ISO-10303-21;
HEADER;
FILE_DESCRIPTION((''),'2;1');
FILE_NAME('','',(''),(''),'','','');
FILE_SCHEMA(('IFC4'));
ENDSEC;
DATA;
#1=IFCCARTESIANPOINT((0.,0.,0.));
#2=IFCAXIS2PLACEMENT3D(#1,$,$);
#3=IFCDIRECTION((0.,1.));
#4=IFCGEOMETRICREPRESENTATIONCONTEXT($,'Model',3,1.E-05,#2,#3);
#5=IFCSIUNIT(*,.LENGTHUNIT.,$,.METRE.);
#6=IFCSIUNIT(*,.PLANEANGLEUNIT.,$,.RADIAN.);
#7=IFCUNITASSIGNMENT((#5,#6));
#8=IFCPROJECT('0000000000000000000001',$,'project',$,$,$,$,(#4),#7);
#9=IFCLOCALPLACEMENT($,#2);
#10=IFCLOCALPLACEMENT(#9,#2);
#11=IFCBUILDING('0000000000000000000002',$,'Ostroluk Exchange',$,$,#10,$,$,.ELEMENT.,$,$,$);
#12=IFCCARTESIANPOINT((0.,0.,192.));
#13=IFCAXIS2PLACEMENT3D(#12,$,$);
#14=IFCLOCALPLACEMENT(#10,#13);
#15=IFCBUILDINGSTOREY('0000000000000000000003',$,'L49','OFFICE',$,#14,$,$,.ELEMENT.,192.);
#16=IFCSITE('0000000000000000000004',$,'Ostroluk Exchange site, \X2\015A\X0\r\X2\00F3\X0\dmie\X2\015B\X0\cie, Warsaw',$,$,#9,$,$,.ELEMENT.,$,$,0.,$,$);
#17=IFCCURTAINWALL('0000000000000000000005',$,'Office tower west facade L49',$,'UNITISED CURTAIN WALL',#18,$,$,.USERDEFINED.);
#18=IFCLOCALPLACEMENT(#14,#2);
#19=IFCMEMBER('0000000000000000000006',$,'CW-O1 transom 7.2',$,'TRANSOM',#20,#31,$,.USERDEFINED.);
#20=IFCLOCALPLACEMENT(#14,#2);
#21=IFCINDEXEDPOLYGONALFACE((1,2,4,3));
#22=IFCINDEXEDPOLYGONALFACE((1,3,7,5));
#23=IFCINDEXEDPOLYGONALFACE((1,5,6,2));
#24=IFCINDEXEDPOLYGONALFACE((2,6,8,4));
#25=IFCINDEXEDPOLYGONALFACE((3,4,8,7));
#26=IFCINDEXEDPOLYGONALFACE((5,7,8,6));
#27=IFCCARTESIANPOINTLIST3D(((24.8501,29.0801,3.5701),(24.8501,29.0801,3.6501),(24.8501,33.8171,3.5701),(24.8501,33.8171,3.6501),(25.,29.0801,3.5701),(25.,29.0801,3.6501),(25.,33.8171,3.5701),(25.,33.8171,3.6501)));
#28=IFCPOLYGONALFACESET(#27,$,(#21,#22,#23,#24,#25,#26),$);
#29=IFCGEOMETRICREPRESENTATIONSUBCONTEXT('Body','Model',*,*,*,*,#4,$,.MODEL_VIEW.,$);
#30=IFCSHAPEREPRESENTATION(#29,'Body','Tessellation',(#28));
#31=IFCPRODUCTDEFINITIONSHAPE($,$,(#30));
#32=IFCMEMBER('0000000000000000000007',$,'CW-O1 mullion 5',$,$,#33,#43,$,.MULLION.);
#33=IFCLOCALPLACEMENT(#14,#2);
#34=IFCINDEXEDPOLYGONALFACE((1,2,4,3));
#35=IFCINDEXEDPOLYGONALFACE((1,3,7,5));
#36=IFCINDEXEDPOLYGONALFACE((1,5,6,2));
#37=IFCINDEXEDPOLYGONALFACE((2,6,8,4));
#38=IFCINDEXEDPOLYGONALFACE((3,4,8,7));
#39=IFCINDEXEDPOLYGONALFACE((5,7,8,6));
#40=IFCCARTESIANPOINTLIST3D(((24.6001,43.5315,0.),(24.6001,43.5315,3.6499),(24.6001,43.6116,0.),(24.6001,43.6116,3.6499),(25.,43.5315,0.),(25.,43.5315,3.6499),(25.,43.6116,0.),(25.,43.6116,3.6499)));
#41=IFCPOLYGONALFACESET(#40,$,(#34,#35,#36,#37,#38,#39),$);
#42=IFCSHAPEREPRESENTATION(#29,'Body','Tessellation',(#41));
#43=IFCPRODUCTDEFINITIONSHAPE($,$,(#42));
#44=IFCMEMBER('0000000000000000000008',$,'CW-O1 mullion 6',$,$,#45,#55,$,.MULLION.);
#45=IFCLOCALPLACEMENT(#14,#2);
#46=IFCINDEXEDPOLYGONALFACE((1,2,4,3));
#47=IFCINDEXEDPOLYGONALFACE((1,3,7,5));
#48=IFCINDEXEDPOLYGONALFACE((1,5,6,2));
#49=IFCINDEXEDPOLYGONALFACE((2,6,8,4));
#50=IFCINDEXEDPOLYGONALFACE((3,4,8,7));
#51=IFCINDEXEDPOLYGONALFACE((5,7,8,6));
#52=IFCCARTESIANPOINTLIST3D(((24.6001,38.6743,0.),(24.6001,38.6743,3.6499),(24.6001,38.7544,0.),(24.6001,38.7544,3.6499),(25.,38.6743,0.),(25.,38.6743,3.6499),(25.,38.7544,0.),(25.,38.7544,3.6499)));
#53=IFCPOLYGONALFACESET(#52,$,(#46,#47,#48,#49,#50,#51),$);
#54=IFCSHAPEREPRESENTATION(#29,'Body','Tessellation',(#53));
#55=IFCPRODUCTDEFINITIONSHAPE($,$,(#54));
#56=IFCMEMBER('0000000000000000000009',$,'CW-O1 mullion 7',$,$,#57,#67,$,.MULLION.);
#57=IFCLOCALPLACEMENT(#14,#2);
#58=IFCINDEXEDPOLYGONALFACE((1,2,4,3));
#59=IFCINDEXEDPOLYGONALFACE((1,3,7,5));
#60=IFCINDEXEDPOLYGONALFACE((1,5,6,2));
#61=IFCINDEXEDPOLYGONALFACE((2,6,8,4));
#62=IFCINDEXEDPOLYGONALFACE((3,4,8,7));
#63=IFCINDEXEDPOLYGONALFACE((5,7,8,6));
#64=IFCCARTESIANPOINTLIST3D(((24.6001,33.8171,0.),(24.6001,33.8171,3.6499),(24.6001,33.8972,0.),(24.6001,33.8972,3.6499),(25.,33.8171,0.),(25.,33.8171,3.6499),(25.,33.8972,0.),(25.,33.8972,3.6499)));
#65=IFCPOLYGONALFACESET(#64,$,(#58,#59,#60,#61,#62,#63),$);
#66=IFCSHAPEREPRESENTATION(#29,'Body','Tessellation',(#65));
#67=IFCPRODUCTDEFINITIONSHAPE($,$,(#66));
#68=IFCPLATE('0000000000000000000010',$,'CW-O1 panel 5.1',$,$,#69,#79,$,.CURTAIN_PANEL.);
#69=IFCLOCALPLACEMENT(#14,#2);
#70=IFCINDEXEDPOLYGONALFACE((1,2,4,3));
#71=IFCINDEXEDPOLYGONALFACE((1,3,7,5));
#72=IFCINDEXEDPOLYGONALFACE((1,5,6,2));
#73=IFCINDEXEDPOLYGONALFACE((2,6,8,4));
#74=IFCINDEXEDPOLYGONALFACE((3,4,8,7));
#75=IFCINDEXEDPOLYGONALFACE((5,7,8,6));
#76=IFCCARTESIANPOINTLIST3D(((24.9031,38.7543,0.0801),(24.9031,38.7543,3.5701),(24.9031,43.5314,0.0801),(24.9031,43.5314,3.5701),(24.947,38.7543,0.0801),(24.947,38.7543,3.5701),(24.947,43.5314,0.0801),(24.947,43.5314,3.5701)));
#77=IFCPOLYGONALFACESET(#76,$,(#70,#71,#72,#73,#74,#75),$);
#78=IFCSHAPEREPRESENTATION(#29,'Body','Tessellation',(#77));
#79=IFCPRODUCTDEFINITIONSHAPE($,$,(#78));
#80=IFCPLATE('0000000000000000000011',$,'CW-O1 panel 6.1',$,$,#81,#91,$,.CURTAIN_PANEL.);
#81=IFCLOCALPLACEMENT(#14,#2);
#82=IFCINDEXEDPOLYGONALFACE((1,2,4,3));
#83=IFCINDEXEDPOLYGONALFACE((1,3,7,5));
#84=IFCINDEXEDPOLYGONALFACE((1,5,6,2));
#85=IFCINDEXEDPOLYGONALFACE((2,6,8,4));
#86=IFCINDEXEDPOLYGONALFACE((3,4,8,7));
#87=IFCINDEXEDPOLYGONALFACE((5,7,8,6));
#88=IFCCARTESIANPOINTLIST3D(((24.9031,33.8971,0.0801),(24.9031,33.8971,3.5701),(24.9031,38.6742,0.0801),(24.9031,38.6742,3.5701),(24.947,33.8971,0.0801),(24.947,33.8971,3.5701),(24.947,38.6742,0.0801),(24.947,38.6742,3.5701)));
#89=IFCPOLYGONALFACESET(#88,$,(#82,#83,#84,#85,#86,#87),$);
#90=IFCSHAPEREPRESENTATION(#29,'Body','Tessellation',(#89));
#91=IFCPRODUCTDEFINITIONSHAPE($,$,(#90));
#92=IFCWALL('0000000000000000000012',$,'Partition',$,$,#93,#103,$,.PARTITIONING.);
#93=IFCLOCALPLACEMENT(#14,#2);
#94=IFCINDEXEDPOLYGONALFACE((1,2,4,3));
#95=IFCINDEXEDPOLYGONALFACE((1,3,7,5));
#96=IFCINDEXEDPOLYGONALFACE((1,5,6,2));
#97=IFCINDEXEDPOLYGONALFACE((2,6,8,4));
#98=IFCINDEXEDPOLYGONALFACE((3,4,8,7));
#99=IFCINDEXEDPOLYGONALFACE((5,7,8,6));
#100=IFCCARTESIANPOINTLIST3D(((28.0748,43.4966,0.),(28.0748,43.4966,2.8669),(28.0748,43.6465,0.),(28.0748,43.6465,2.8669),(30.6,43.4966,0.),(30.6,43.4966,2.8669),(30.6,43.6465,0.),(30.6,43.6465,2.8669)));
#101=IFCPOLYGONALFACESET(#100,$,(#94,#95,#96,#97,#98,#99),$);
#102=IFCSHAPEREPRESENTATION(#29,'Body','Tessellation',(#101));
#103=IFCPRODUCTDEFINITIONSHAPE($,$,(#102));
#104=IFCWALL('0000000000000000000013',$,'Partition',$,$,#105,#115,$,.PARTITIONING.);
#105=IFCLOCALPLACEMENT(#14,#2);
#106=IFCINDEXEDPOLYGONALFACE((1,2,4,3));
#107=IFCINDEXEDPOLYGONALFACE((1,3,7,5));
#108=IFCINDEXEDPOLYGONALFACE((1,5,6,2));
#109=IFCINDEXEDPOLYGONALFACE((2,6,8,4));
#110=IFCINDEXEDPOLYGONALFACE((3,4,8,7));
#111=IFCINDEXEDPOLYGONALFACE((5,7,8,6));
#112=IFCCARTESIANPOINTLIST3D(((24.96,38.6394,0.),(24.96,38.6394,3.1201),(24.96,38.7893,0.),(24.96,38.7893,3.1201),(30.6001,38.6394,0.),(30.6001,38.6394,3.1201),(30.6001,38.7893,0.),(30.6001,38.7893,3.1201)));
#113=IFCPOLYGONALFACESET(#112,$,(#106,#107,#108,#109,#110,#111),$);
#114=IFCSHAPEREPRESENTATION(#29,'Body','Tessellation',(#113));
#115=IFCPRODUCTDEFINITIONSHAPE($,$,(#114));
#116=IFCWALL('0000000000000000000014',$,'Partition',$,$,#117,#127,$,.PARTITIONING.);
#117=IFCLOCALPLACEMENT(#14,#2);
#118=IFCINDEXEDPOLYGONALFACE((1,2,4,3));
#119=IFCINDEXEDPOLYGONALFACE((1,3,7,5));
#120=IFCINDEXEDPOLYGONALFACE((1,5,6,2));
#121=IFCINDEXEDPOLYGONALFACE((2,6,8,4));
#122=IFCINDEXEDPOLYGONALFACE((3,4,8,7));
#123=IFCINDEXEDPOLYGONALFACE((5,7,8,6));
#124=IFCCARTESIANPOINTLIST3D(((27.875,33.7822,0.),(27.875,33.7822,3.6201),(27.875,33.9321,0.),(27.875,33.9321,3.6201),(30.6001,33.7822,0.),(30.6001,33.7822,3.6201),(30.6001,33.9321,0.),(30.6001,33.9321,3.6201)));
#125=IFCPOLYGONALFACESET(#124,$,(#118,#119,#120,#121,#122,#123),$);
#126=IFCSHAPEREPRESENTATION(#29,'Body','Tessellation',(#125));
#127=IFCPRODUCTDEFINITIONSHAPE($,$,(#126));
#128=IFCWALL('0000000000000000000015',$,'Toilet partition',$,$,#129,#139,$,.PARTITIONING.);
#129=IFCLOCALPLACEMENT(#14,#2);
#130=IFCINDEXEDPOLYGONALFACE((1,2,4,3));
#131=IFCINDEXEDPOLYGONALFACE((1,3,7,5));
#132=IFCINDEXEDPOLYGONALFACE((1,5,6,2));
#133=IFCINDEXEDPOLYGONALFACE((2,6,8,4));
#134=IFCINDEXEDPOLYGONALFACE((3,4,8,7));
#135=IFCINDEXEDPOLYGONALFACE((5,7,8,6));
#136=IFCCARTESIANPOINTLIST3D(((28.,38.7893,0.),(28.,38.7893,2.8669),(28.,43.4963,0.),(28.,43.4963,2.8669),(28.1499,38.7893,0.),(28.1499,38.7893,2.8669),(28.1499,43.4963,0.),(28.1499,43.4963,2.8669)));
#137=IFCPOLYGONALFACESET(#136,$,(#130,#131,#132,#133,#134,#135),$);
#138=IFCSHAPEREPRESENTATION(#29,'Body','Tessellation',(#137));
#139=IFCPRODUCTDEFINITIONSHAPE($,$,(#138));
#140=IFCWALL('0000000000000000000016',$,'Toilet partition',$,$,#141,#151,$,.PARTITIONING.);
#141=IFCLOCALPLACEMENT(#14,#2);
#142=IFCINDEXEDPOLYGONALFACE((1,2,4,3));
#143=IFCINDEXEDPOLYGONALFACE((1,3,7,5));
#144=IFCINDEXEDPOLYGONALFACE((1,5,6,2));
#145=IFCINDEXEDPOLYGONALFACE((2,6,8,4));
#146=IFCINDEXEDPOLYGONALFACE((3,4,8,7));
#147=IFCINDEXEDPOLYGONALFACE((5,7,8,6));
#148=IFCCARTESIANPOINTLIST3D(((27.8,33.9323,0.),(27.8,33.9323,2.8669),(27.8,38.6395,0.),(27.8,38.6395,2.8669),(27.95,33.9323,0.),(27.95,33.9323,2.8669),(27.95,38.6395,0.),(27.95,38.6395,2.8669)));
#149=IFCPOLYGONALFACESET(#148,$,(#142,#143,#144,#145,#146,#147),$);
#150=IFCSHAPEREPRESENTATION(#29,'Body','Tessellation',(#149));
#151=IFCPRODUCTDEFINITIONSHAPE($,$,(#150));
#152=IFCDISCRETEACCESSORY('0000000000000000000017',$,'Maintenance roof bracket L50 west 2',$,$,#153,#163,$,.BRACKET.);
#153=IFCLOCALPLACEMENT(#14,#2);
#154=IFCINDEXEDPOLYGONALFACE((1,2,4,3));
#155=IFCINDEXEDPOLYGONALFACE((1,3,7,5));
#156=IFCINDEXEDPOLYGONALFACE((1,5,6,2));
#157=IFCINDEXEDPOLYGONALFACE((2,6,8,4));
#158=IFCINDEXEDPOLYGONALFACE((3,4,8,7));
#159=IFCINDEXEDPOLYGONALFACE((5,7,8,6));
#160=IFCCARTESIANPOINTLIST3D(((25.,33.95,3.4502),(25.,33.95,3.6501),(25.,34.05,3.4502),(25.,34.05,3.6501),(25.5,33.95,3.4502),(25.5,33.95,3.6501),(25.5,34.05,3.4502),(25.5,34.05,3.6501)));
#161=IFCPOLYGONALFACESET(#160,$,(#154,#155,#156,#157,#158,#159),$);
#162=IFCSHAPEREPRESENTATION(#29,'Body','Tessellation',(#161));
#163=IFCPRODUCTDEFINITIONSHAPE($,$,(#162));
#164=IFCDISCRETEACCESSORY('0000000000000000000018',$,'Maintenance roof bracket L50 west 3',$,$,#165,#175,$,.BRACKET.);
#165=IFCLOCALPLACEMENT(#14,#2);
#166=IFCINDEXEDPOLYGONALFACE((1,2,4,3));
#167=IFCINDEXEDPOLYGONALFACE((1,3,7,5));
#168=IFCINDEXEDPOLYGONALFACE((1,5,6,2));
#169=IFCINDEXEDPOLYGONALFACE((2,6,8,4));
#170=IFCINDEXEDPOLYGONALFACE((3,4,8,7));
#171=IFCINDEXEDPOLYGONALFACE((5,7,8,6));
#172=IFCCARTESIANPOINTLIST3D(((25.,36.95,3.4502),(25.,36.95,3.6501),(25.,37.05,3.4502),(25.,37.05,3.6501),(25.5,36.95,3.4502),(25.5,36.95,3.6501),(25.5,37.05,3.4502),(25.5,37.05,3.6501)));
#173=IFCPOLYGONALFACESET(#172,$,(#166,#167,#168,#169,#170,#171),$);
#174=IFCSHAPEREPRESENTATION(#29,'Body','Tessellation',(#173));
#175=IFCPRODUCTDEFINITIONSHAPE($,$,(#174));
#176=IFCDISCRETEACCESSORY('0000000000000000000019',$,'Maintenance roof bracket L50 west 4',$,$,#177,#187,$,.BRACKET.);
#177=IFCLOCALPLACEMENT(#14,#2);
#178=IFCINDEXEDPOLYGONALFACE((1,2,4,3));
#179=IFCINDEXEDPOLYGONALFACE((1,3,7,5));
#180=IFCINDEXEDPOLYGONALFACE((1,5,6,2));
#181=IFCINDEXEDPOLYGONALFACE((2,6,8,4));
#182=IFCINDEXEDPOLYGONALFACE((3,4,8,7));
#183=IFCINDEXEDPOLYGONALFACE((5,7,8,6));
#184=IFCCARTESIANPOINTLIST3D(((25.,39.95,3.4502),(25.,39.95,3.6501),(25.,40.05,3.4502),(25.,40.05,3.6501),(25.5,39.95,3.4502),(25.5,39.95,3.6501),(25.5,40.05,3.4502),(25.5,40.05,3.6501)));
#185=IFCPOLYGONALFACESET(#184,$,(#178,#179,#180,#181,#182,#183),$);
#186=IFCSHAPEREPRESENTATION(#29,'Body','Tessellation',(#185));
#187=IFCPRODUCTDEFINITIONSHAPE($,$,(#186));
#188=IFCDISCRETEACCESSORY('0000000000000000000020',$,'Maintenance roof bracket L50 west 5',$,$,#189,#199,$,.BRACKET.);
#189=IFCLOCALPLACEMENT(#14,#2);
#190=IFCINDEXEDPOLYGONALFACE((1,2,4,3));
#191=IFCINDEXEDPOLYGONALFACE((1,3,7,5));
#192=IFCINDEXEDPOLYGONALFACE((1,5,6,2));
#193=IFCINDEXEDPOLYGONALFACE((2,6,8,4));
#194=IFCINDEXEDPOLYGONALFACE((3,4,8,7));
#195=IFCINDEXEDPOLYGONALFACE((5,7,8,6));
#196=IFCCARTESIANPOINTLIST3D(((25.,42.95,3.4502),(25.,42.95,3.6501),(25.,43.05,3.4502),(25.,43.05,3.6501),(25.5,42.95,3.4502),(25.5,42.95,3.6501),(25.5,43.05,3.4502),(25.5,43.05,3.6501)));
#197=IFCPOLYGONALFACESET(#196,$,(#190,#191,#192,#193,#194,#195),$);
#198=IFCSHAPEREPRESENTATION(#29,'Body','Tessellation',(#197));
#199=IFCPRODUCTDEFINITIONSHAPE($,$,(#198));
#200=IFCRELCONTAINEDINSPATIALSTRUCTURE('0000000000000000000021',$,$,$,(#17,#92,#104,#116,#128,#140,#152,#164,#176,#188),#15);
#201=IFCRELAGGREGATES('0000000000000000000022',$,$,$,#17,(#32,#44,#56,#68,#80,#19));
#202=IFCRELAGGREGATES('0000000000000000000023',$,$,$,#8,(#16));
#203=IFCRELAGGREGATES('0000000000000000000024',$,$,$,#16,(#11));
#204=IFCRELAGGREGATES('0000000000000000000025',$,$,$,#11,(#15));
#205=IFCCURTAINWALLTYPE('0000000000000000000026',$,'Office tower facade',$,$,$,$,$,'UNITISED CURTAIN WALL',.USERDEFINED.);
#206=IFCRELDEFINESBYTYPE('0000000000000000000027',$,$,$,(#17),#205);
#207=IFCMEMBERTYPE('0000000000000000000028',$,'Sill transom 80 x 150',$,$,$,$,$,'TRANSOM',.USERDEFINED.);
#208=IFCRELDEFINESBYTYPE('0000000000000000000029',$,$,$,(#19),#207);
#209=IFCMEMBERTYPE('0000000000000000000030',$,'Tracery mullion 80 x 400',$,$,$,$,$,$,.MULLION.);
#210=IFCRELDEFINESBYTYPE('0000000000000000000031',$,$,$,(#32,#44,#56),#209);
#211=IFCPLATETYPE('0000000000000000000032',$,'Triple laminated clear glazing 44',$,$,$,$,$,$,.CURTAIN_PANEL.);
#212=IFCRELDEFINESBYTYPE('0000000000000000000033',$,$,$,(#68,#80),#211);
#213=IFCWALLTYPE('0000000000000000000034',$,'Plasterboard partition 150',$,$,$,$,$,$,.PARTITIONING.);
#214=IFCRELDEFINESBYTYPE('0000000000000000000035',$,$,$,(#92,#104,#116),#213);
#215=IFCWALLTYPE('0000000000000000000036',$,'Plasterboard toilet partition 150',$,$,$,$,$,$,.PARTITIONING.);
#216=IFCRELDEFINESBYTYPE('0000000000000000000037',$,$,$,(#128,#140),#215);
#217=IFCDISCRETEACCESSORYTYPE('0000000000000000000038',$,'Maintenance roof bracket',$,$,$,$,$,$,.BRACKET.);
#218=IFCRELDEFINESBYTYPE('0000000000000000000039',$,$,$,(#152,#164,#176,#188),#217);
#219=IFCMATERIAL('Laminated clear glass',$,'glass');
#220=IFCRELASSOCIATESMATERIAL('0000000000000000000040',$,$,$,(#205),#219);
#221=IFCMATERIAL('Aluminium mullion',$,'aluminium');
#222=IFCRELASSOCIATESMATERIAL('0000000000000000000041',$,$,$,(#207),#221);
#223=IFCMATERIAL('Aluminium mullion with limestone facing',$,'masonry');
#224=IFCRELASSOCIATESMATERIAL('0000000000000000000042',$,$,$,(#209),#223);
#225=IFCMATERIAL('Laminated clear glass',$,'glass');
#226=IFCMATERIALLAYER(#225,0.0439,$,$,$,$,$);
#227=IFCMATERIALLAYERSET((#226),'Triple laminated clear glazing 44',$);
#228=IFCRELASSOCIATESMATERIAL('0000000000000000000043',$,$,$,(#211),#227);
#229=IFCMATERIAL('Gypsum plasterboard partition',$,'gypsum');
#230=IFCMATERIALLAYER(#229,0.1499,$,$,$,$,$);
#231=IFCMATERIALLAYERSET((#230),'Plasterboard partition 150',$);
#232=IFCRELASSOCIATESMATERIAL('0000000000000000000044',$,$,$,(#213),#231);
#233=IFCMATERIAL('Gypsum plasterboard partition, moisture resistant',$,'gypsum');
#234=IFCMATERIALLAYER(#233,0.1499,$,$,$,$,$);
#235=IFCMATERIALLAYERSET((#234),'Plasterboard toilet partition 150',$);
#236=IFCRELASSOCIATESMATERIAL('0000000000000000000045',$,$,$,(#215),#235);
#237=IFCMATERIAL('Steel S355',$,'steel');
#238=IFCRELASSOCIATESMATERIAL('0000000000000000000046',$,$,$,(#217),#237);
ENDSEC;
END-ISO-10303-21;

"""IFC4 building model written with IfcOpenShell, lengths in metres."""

from ifc_helpers import new_model, si_unit, direction, frame, frame_2d, origin, origin_2d, place, context, subcontext, project, spatial, rectangle, extrude, material, layer, layer_set, material_profile, profile_set, type_object, element, aggregate, save


model = new_model("IFC4")

# Units and contexts
model_context = context("Model", 3, precision=1e-05, world=origin(), true_north=direction((0.0, 1.0)))
body_context = subcontext(model_context, "Body", "Model", "MODEL_VIEW")
ifc_project = project(units=[si_unit("LENGTHUNIT", "METRE"), si_unit("PLANEANGLEUNIT", "RADIAN")], contexts=[model_context])

# Site, building, storey
site_placement = place(None, origin())
site = spatial("IfcSite", under=ifc_project, at=site_placement, Name="Ostroluk Exchange site, Śródmieście, Warsaw", CompositionType="ELEMENT", RefElevation=0.0)
building_placement = place(site_placement, origin())
building = spatial("IfcBuilding", under=site, at=building_placement, Name="Ostroluk Exchange", CompositionType="ELEMENT")
storey_placement = place(building_placement, frame((0.0, 0.0, 192.0)))
storey = spatial("IfcBuildingStorey", under=building, at=storey_placement, Name="L49", Description="OFFICE", CompositionType="ELEMENT", Elevation=192.0)

# Curtain wall, members, plates
ifc_material_1 = material(Name="Laminated clear glass", Category="glass")
curtain_wall_type = type_object("IfcCurtainWallType", Name="Office tower facade", ElementType="UNITISED CURTAIN WALL", PredefinedType="USERDEFINED", material=ifc_material_1)
curtain_wall_placement = place(storey_placement, origin())
curtain_wall = element("IfcCurtainWall", 1, at=curtain_wall_placement, inside=storey, type_object=curtain_wall_type, Name="Office tower west facade L49", ObjectType="UNITISED CURTAIN WALL", PredefinedType="USERDEFINED")
ifc_material_2 = material(Name="Aluminium mullion", Category="aluminium")
ifc_material_profile_1 = material_profile(ifc_material_2, rectangle(XDim=0.1499, YDim=0.0801, at=origin_2d()), Name="Sill transom 80 x 150")
ifc_profile_set_1 = profile_set([ifc_material_profile_1], Name="Aluminium mullion")
member_type_1 = type_object("IfcMemberType", Name="Sill transom 80 x 150", ElementType="TRANSOM", PredefinedType="USERDEFINED", material=ifc_profile_set_1)
member_1_placement = place(storey_placement, frame((24.925, 33.8171, 3.6101), z_axis=(0.0, -1.0, 0.0), x_axis=(1.0, 0.0, 0.0)))
member_1 = element("IfcMember", 2, at=member_1_placement, type_object=member_type_1, Name="CW-O1 transom 7.2", ObjectType="TRANSOM", PredefinedType="USERDEFINED", context=body_context, shape_type="SweptSolid", body=[
    extrude(rectangle(XDim=0.1499, YDim=0.0801, at=origin_2d()), origin(), (0.0, 0.0, 1.0), 4.7371),
])
ifc_material_3 = material(Name="Aluminium mullion with limestone facing", Category="masonry")
ifc_material_profile_2 = material_profile(ifc_material_3, rectangle(XDim=0.3999, YDim=0.0801, at=origin_2d()), Name="Tracery mullion 80 x 400")
ifc_profile_set_2 = profile_set([ifc_material_profile_2], Name="Aluminium mullion with limestone facing")
member_type_2 = type_object("IfcMemberType", Name="Tracery mullion 80 x 400", PredefinedType="MULLION", material=ifc_profile_set_2)
member_2_placement = place(storey_placement, frame((24.8, 43.5715, 0.0), z_axis=(0.0, 0.0, 1.0), x_axis=(1.0, 0.0, 0.0)))
member_2 = element("IfcMember", 3, at=member_2_placement, type_object=member_type_2, Name="CW-O1 mullion 5", PredefinedType="MULLION", context=body_context, shape_type="SweptSolid", body=[
    extrude(rectangle(XDim=0.3999, YDim=0.0801, at=origin_2d()), origin(), (0.0, 0.0, 1.0), 3.6499),
])
member_3_placement = place(storey_placement, frame((24.8, 38.7144, 0.0), z_axis=(0.0, 0.0, 1.0), x_axis=(1.0, 0.0, 0.0)))
member_3 = element("IfcMember", 4, at=member_3_placement, type_object=member_type_2, Name="CW-O1 mullion 6", PredefinedType="MULLION", context=body_context, shape_type="SweptSolid", body=[
    extrude(rectangle(XDim=0.3999, YDim=0.0801, at=origin_2d()), origin(), (0.0, 0.0, 1.0), 3.6499),
])
member_4_placement = place(storey_placement, frame((24.8, 33.8572, 0.0), z_axis=(0.0, 0.0, 1.0), x_axis=(1.0, 0.0, 0.0)))
member_4 = element("IfcMember", 5, at=member_4_placement, type_object=member_type_2, Name="CW-O1 mullion 7", PredefinedType="MULLION", context=body_context, shape_type="SweptSolid", body=[
    extrude(rectangle(XDim=0.3999, YDim=0.0801, at=origin_2d()), origin(), (0.0, 0.0, 1.0), 3.6499),
])
ifc_material_4 = material(Name="Laminated clear glass", Category="glass")
ifc_layer_1 = layer(ifc_material_4, 0.0439)
ifc_layer_set_1 = layer_set([ifc_layer_1], Name="Triple laminated clear glazing 44")
plate_type = type_object("IfcPlateType", Name="Triple laminated clear glazing 44", PredefinedType="CURTAIN_PANEL", material=ifc_layer_set_1)
plate_1_placement = place(storey_placement, frame((24.925, 41.1428, 0.0801), z_axis=(0.0, 0.0, 1.0), x_axis=(0.0, -1.0, 0.0)))
plate_1 = element("IfcPlate", 6, at=plate_1_placement, type_object=plate_type, Name="CW-O1 panel 5.1", PredefinedType="CURTAIN_PANEL", context=body_context, shape_type="SweptSolid", body=[
    extrude(rectangle(XDim=4.7771, YDim=0.0439, at=origin_2d()), origin(), (0.0, 0.0, 1.0), 3.49),
])
plate_2_placement = place(storey_placement, frame((24.925, 36.2856, 0.0801), z_axis=(0.0, 0.0, 1.0), x_axis=(0.0, -1.0, 0.0)))
plate_2 = element("IfcPlate", 7, at=plate_2_placement, type_object=plate_type, Name="CW-O1 panel 6.1", PredefinedType="CURTAIN_PANEL", context=body_context, shape_type="SweptSolid", body=[
    extrude(rectangle(XDim=4.7771, YDim=0.0439, at=origin_2d()), origin(), (0.0, 0.0, 1.0), 3.49),
])
aggregate(curtain_wall, [member_2, member_3, member_4, plate_1, plate_2, member_1])

# Walls
ifc_material_5 = material(Name="Gypsum plasterboard partition", Category="gypsum")
ifc_layer_2 = layer(ifc_material_5, 0.1499)
ifc_layer_set_2 = layer_set([ifc_layer_2], Name="Plasterboard partition 150")
wall_type_1 = type_object("IfcWallType", Name="Plasterboard partition 150", PredefinedType="PARTITIONING", material=ifc_layer_set_2)
wall_1_placement = place(storey_placement, frame((30.6001, 43.5715, 0.0), z_axis=(0.0, 0.0, 1.0), x_axis=(-1.0, 0.0, 0.0)))
element("IfcWall", 8, at=wall_1_placement, inside=storey, type_object=wall_type_1, Name="Partition", PredefinedType="PARTITIONING", context=body_context, shape_type="SweptSolid", body=[
    extrude(rectangle(XDim=2.5251, YDim=0.1499, at=frame_2d((1.2627, 0.0))), origin(), (0.0, 0.0, 1.0), 2.8669),
])
wall_2_placement = place(storey_placement, frame((30.6001, 38.7144, 0.0), z_axis=(0.0, 0.0, 1.0), x_axis=(-1.0, 0.0, 0.0)))
element("IfcWall", 9, at=wall_2_placement, inside=storey, type_object=wall_type_1, Name="Partition", PredefinedType="PARTITIONING", context=body_context, shape_type="SweptSolid", body=[
    extrude(rectangle(XDim=5.6401, YDim=0.1499, at=frame_2d((2.8201, 0.0))), origin(), (0.0, 0.0, 1.0), 3.1201),
])
wall_3_placement = place(storey_placement, frame((30.6001, 33.8572, 0.0), z_axis=(0.0, 0.0, 1.0), x_axis=(-1.0, 0.0, 0.0)))
element("IfcWall", 10, at=wall_3_placement, inside=storey, type_object=wall_type_1, Name="Partition", PredefinedType="PARTITIONING", context=body_context, shape_type="SweptSolid", body=[
    extrude(rectangle(XDim=2.7251, YDim=0.1499, at=frame_2d((1.3625, 0.0))), origin(), (0.0, 0.0, 1.0), 3.6201),
])
ifc_material_6 = material(Name="Gypsum plasterboard partition, moisture resistant", Category="gypsum")
ifc_layer_3 = layer(ifc_material_6, 0.1499)
ifc_layer_set_3 = layer_set([ifc_layer_3], Name="Plasterboard toilet partition 150")
wall_type_2 = type_object("IfcWallType", Name="Plasterboard toilet partition 150", PredefinedType="PARTITIONING", material=ifc_layer_set_3)
wall_4_placement = place(storey_placement, frame((28.075, 43.4963, 0.0), z_axis=(0.0, 0.0, 1.0), x_axis=(0.0, -1.0, 0.0)))
element("IfcWall", 11, at=wall_4_placement, inside=storey, type_object=wall_type_2, Name="Toilet partition", PredefinedType="PARTITIONING", context=body_context, shape_type="SweptSolid", body=[
    extrude(rectangle(XDim=4.707, YDim=0.1499, at=frame_2d((2.3535, 0.0))), origin(), (0.0, 0.0, 1.0), 2.8669),
])
wall_5_placement = place(storey_placement, frame((27.875, 38.6394, 0.0), z_axis=(0.0, 0.0, 1.0), x_axis=(0.0, -1.0, 0.0)))
element("IfcWall", 12, at=wall_5_placement, inside=storey, type_object=wall_type_2, Name="Toilet partition", PredefinedType="PARTITIONING", context=body_context, shape_type="SweptSolid", body=[
    extrude(rectangle(XDim=4.7073, YDim=0.1499, at=frame_2d((2.3535, 0.0))), origin(), (0.0, 0.0, 1.0), 2.8669),
])

# Discrete accessories
ifc_material_7 = material(Name="Steel S355", Category="steel")
discrete_accessory_type = type_object("IfcDiscreteAccessoryType", Name="Maintenance roof bracket", PredefinedType="BRACKET", material=ifc_material_7)
for number, where, z_axis, x_axis, name in (
    (13, (25.25, 34.0, 3.4502), (0.0, 0.0, 1.0), (1.0, 0.0, 0.0), "Maintenance roof bracket L50 west 2"),
    (14, (25.25, 37.0, 3.4502), (0.0, 0.0, 1.0), (1.0, 0.0, 0.0), "Maintenance roof bracket L50 west 3"),
    (15, (25.25, 40.0, 3.4502), (0.0, 0.0, 1.0), (1.0, 0.0, 0.0), "Maintenance roof bracket L50 west 4"),
    (16, (25.25, 43.0, 3.4502), (0.0, 0.0, 1.0), (1.0, 0.0, 0.0), "Maintenance roof bracket L50 west 5"),
):
    element("IfcDiscreteAccessory", number, at=place(storey_placement, frame(where, z_axis=z_axis, x_axis=x_axis)), inside=storey, type_object=discrete_accessory_type, Name=name, PredefinedType="BRACKET", context=body_context, shape_type="SweptSolid", body=[
        extrude(rectangle(XDim=0.5, YDim=0.1001, at=origin_2d()), origin(), (0.0, 0.0, 1.0), 0.2),
    ])

save(model, "model.ifc")
